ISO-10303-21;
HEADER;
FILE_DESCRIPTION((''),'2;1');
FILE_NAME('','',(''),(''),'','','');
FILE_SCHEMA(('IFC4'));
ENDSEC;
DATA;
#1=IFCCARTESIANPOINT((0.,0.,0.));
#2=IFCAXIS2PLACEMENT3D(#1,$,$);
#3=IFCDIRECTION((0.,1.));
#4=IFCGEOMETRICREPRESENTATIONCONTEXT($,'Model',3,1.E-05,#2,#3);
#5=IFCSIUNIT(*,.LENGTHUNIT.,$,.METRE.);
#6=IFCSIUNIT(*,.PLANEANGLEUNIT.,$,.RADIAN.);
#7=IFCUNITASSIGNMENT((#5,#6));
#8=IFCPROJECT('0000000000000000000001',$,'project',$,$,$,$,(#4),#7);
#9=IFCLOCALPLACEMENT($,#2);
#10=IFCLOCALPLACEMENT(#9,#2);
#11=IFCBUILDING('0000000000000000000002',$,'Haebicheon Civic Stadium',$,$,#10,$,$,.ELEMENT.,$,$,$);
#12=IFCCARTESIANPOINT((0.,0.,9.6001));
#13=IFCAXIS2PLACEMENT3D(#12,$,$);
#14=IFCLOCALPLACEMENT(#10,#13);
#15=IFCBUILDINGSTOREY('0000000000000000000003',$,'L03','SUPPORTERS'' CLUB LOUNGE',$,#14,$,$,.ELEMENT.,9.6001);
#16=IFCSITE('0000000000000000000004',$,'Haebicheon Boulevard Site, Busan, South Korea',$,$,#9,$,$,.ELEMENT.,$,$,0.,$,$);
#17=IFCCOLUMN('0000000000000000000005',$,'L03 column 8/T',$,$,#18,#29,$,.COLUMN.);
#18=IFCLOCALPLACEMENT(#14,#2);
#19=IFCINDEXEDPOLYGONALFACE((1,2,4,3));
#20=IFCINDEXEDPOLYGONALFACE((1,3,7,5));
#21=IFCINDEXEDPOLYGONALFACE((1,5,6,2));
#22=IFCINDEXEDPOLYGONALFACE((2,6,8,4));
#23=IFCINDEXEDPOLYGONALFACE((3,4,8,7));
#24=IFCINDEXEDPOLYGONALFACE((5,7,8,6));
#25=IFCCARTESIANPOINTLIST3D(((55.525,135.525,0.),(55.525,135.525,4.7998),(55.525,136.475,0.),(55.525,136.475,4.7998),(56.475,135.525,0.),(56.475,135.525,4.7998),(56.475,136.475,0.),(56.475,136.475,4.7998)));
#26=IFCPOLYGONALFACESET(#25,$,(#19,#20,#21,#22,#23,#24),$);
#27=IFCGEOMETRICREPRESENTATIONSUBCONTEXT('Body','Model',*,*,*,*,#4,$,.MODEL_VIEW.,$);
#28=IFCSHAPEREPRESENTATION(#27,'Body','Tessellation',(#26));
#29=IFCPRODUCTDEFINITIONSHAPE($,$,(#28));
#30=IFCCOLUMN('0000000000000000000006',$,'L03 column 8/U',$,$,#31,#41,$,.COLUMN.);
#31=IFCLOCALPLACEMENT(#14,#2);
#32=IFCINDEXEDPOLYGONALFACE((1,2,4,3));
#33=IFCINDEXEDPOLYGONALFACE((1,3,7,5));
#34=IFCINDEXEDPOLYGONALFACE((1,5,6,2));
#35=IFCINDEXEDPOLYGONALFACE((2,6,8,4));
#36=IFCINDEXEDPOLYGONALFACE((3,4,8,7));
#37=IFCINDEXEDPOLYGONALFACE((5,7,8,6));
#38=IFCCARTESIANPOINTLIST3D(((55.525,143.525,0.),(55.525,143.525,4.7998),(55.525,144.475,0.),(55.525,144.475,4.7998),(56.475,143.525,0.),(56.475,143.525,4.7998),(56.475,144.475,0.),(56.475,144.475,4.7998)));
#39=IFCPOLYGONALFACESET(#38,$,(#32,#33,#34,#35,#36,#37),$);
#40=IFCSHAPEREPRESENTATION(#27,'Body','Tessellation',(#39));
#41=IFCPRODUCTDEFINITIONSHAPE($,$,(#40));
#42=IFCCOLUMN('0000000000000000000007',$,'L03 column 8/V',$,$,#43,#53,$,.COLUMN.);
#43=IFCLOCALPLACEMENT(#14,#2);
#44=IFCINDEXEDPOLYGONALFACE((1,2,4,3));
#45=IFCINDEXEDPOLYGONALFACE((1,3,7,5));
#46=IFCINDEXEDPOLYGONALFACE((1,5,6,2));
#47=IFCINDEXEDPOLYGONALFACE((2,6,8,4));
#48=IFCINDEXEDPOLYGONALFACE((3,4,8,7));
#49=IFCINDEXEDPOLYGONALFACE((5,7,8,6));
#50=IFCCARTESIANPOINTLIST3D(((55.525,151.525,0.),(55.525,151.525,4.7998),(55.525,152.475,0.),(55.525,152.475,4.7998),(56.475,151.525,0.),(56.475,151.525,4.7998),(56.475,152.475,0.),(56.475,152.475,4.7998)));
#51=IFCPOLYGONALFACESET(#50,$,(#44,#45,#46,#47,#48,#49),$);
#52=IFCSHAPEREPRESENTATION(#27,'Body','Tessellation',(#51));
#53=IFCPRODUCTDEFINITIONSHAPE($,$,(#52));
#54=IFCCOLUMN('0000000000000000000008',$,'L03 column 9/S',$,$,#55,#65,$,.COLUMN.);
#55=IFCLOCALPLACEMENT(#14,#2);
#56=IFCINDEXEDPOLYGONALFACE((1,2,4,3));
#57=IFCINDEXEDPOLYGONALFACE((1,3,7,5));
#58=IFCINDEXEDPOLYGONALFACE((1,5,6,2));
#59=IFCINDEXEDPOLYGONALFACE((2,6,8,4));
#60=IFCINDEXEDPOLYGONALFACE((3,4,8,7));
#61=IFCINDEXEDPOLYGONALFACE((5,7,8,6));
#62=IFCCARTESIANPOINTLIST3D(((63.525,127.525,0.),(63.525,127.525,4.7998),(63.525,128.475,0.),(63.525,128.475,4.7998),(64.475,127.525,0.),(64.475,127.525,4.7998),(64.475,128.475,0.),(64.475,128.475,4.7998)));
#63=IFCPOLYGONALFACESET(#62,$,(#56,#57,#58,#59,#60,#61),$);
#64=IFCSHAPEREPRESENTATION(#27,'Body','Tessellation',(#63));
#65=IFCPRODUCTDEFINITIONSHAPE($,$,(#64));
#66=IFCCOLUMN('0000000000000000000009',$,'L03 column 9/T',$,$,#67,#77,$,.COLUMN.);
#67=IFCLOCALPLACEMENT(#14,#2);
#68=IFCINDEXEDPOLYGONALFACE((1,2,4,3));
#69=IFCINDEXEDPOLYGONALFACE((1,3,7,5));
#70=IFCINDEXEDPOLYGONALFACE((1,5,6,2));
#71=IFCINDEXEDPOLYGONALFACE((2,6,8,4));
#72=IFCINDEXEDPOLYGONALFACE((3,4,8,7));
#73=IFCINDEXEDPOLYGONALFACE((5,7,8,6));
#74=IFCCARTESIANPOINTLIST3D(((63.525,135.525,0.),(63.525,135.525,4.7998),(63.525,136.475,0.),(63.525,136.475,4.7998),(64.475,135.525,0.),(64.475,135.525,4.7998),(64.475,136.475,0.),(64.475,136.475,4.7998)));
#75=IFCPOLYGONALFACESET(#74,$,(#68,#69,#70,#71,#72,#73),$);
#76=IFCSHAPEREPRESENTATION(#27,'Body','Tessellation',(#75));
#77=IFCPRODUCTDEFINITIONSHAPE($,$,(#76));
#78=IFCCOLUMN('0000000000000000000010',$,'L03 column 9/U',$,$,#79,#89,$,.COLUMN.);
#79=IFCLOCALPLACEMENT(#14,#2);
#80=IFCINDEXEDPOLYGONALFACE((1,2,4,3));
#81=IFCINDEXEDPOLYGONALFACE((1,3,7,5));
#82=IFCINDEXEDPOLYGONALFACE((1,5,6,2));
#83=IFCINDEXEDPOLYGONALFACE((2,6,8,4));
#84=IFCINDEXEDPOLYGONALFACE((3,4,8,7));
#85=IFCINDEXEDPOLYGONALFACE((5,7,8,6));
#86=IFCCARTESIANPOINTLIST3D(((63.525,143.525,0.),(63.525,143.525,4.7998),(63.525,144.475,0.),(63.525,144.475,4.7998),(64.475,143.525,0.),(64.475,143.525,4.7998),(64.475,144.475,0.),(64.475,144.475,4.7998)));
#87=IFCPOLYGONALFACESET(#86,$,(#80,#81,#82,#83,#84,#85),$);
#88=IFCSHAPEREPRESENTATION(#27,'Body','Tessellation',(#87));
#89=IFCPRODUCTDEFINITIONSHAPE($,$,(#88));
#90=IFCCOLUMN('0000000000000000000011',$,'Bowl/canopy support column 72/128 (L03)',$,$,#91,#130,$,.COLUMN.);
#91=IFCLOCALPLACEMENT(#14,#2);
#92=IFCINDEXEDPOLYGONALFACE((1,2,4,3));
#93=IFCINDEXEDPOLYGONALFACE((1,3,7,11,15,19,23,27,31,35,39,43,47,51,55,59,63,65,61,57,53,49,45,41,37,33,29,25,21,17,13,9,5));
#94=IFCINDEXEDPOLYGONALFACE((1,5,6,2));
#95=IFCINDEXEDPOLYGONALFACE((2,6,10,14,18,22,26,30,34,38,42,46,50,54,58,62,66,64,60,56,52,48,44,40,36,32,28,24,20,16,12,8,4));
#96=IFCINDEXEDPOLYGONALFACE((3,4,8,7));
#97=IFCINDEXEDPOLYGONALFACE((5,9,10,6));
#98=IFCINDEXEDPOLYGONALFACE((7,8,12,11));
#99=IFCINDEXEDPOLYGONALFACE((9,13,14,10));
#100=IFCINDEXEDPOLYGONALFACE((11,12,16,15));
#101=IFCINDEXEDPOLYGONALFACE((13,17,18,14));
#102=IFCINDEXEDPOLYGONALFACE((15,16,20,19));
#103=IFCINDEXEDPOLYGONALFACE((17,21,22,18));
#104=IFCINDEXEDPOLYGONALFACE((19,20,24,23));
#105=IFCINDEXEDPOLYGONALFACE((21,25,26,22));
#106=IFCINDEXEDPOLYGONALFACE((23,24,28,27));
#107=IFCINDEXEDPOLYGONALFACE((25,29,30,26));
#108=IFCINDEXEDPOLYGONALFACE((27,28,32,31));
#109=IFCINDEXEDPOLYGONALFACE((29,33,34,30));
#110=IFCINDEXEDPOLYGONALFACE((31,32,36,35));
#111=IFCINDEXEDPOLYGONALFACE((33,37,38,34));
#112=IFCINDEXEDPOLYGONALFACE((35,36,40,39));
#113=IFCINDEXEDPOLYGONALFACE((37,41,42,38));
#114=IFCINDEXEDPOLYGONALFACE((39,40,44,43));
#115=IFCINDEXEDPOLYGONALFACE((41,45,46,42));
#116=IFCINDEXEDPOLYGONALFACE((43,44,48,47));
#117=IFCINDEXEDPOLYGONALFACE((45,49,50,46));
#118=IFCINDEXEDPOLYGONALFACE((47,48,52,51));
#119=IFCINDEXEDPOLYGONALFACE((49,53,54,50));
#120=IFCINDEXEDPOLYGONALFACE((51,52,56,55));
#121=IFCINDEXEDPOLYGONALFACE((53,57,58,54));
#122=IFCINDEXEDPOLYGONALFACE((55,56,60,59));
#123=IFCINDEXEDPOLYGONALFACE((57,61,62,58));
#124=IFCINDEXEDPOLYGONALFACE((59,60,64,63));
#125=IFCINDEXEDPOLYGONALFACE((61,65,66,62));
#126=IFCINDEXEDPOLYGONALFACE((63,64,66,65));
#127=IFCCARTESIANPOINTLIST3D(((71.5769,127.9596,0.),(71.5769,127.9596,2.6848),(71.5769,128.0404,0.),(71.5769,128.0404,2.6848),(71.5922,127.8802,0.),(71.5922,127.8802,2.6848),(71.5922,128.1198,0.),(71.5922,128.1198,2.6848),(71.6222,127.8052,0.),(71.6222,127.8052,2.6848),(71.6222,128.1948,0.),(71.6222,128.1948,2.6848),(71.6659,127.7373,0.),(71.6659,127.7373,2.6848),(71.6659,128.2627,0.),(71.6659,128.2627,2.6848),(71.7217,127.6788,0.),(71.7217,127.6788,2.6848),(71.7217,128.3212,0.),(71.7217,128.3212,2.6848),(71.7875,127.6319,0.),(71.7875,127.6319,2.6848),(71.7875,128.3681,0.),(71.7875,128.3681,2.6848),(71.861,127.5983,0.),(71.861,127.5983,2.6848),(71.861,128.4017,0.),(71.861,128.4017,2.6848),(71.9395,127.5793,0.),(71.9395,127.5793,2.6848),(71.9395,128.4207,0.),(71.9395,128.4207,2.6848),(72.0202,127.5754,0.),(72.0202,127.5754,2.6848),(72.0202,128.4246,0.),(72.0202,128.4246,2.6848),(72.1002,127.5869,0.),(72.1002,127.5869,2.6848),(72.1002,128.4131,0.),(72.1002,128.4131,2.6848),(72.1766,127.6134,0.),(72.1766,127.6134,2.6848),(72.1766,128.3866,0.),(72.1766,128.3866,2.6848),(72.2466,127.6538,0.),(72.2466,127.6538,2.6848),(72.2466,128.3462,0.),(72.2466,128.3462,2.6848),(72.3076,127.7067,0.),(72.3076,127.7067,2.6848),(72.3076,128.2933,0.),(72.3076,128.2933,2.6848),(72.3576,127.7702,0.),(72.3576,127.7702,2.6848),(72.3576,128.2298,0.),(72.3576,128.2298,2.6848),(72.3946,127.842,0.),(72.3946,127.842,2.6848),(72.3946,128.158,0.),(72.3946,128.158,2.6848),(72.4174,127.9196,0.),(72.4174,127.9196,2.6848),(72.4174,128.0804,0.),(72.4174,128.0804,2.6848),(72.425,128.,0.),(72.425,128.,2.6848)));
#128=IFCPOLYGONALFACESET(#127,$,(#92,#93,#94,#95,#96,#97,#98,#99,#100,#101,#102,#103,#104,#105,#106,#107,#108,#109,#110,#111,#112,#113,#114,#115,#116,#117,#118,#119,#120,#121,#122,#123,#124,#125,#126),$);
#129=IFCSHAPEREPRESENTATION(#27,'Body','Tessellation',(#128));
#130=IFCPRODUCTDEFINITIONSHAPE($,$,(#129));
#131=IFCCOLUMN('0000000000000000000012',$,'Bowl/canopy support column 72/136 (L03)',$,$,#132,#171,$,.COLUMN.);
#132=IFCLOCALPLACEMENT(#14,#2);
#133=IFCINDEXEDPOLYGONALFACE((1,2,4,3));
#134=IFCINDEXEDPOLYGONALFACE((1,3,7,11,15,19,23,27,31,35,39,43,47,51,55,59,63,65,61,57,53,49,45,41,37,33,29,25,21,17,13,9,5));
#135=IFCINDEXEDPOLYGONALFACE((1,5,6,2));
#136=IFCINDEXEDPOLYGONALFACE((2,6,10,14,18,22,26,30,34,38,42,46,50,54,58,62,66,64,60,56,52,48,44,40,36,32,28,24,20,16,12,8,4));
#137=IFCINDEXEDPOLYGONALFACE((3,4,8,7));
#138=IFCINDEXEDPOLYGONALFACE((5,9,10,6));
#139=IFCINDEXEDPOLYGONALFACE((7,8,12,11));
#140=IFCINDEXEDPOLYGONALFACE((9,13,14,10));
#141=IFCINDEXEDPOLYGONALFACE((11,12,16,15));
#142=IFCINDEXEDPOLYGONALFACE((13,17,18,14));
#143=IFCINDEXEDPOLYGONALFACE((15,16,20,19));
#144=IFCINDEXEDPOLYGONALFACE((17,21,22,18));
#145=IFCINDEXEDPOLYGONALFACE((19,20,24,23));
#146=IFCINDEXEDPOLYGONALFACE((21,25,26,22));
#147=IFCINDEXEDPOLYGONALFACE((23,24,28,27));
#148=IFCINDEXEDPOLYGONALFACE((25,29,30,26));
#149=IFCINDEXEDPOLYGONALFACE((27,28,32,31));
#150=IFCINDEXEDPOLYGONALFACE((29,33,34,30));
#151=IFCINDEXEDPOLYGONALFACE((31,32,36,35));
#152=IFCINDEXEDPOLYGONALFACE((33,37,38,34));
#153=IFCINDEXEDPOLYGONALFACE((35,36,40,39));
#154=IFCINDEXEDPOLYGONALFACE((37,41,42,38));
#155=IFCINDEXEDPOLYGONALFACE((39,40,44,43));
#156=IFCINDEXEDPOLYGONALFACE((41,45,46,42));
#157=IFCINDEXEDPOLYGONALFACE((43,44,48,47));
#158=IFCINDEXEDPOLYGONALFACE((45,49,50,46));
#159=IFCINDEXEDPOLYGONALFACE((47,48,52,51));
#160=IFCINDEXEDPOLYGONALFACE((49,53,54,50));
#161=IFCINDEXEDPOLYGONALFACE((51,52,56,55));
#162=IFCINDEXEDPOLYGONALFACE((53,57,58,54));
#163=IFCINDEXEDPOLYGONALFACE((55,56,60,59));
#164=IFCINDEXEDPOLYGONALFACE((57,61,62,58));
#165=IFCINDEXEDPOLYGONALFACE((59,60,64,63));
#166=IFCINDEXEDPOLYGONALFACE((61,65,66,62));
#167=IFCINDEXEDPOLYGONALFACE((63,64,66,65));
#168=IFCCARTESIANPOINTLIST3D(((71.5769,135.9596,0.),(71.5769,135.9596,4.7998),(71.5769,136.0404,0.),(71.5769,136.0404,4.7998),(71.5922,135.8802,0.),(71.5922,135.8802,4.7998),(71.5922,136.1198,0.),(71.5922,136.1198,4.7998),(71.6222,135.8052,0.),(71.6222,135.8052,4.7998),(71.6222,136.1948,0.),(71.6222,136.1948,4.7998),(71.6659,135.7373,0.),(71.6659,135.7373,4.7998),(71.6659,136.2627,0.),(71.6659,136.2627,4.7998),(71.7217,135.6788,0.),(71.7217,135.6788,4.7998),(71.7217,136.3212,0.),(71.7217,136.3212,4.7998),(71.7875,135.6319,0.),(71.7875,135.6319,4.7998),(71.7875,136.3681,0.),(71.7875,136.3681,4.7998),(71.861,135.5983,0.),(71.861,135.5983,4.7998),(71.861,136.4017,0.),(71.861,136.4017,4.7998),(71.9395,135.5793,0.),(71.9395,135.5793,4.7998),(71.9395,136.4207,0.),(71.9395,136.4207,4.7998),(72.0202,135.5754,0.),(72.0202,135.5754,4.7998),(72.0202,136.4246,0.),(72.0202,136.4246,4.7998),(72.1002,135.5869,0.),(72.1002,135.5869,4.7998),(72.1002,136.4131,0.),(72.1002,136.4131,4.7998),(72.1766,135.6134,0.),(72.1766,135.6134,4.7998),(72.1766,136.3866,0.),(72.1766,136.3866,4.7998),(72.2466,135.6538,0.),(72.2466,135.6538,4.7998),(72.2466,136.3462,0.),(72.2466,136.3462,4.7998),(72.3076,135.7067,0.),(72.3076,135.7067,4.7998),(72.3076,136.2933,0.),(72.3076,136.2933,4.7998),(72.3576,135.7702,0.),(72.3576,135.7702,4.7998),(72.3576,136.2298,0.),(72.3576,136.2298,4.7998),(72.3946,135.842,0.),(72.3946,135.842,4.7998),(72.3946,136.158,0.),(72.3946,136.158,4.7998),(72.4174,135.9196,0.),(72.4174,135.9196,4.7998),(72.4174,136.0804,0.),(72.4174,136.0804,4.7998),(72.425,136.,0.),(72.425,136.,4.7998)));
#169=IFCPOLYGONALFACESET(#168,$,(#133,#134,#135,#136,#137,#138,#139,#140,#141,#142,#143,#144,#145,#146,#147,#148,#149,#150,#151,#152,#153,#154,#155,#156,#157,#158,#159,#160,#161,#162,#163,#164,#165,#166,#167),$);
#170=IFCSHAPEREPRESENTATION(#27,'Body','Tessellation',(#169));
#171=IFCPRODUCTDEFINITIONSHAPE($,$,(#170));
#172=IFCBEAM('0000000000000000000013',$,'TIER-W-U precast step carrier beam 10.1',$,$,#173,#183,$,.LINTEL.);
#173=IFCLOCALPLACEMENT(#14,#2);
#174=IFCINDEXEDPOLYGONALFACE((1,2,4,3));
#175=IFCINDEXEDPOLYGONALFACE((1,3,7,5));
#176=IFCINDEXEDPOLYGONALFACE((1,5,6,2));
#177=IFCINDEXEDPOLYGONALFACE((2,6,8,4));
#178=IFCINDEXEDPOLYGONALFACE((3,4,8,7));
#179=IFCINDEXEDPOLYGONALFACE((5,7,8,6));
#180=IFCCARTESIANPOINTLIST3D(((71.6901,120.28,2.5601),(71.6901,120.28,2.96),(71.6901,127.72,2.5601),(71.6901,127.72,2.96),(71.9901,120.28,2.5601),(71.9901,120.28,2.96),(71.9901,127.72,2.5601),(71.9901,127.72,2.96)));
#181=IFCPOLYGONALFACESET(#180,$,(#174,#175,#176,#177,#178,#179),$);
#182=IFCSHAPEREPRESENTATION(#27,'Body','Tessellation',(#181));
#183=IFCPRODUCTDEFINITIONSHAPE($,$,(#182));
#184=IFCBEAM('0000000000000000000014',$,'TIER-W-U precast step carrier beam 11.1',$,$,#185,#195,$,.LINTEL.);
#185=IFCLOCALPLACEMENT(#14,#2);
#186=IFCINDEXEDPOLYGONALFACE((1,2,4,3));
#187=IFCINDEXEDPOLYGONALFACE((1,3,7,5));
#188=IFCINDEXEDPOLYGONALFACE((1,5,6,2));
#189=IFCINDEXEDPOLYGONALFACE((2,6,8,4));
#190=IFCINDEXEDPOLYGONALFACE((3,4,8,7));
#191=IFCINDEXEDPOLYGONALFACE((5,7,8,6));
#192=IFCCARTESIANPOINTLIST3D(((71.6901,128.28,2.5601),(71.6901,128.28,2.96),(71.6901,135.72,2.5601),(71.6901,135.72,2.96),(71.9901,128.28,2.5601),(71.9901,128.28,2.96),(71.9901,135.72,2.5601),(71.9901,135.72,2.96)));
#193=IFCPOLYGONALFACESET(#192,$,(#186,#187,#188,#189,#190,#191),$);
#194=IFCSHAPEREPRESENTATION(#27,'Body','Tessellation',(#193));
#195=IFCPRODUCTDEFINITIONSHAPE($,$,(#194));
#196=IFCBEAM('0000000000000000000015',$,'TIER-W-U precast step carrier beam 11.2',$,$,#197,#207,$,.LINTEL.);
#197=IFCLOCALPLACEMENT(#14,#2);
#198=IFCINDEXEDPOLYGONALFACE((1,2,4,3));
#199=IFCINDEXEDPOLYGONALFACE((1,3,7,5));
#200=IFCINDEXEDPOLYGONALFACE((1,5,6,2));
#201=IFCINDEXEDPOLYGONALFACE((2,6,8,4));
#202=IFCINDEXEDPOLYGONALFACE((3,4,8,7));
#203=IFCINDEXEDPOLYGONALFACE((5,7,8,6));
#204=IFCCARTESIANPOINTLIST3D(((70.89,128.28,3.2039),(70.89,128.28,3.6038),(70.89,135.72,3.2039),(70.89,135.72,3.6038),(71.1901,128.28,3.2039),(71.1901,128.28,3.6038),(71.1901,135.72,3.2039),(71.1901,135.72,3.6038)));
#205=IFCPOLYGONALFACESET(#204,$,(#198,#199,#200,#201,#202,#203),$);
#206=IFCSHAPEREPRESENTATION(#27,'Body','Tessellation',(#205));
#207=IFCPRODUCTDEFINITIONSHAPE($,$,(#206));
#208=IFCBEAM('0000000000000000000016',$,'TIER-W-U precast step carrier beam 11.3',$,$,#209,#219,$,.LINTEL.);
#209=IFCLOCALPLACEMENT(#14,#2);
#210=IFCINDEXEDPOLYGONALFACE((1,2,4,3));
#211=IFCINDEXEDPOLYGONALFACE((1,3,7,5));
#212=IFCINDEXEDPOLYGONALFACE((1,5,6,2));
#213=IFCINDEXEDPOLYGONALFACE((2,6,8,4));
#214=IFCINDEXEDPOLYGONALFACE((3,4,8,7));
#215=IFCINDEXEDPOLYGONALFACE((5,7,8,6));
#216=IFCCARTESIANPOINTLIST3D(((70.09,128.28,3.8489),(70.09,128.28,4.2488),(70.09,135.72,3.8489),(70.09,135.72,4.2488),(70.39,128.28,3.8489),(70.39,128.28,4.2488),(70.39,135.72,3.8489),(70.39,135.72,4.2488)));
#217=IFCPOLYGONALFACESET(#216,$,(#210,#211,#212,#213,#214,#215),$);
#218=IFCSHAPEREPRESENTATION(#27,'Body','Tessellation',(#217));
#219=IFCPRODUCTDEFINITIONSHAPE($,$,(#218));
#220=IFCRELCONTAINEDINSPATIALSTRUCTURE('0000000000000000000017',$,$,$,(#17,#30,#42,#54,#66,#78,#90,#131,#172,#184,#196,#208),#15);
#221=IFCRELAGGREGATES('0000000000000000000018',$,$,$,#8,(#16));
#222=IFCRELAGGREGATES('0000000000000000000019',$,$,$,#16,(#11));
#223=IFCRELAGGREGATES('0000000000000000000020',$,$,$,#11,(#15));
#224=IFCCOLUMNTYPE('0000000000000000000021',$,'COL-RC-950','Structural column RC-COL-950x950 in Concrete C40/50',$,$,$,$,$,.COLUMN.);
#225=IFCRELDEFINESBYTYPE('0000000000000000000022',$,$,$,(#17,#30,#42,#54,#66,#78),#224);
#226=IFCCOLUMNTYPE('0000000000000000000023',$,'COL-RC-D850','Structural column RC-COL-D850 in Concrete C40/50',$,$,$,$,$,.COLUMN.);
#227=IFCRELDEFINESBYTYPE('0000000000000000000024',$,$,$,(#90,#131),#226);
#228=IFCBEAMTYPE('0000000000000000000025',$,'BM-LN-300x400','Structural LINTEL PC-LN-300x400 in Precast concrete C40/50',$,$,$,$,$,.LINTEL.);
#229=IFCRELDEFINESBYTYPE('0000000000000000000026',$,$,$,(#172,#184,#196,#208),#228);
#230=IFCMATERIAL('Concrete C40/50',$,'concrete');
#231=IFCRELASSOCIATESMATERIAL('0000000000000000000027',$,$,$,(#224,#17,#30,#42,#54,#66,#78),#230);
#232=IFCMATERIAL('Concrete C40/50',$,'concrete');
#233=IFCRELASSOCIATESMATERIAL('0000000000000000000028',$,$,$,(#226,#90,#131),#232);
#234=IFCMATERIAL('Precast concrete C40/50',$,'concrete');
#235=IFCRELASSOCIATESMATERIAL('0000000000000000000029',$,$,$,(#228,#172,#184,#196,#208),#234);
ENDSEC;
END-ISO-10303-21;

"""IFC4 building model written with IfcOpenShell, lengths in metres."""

from ifc_helpers import new_model, si_unit, direction, frame, origin, origin_2d, place, context, subcontext, project, spatial, rectangle, circle, extrude, material, material_profile, profile_set, type_object, element, save


model = new_model("IFC4")

# Units and contexts
model_context = context("Model", 3, precision=1e-05, world=origin(), true_north=direction((0.0, 1.0)))
body_context = subcontext(model_context, "Body", "Model", "MODEL_VIEW")
ifc_project = project(units=[si_unit("LENGTHUNIT", "METRE"), si_unit("PLANEANGLEUNIT", "RADIAN")], contexts=[model_context])

# Site, building, storey
site_placement = place(None, origin())
site = spatial("IfcSite", under=ifc_project, at=site_placement, Name="Haebicheon Boulevard Site, Busan, South Korea", CompositionType="ELEMENT", RefElevation=0.0)
building_placement = place(site_placement, origin())
building = spatial("IfcBuilding", under=site, at=building_placement, Name="Haebicheon Civic Stadium", CompositionType="ELEMENT")
storey_placement = place(building_placement, frame((0.0, 0.0, 9.6001)))
storey = spatial("IfcBuildingStorey", under=building, at=storey_placement, Name="L03", Description="SUPPORTERS' CLUB LOUNGE", CompositionType="ELEMENT", Elevation=9.6001)

# Columns
ifc_material_1 = material(Name="Concrete C40/50", Category="concrete")
ifc_material_profile_1 = material_profile(ifc_material_1, rectangle(XDim=0.95, YDim=0.95, at=origin_2d()), Name="RC-COL-950x950")
ifc_profile_set_1 = profile_set([ifc_material_profile_1], Name="Concrete C40/50")
column_type_1 = type_object("IfcColumnType", Name="COL-RC-950", Description="Structural column RC-COL-950x950 in Concrete C40/50", PredefinedType="COLUMN", material=ifc_profile_set_1)
for number, where, z_axis, x_axis, name in (
    (1, (56.0, 136.0, 0.0), (0.0, 0.0, 1.0), (1.0, 0.0, 0.0), "L03 column 8/T"),
    (2, (56.0, 144.0, 0.0), (0.0, 0.0, 1.0), (1.0, 0.0, 0.0), "L03 column 8/U"),
    (3, (56.0, 152.0, 0.0), (0.0, 0.0, 1.0), (1.0, 0.0, 0.0), "L03 column 8/V"),
    (4, (64.0, 128.0, 0.0), (0.0, 0.0, 1.0), (1.0, 0.0, 0.0), "L03 column 9/S"),
    (5, (64.0, 136.0, 0.0), (0.0, 0.0, 1.0), (1.0, 0.0, 0.0), "L03 column 9/T"),
    (6, (64.0, 144.0, 0.0), (0.0, 0.0, 1.0), (1.0, 0.0, 0.0), "L03 column 9/U"),
):
    element("IfcColumn", number, at=place(storey_placement, frame(where, z_axis=z_axis, x_axis=x_axis)), inside=storey, type_object=column_type_1, material=ifc_profile_set_1, Name=name, PredefinedType="COLUMN", context=body_context, shape_type="SweptSolid", body=[
        extrude(rectangle(XDim=0.95, YDim=0.95, at=origin_2d()), origin(), (0.0, 0.0, 1.0), 4.7998),
    ])
ifc_material_2 = material(Name="Concrete C40/50", Category="concrete")
ifc_material_profile_2 = material_profile(ifc_material_2, circle(Radius=0.425, at=origin_2d()), Name="RC-COL-D850")
ifc_profile_set_2 = profile_set([ifc_material_profile_2], Name="Concrete C40/50")
column_type_2 = type_object("IfcColumnType", Name="COL-RC-D850", Description="Structural column RC-COL-D850 in Concrete C40/50", PredefinedType="COLUMN", material=ifc_profile_set_2)
column_1_placement = place(storey_placement, frame((72.0, 128.0, 0.0), z_axis=(0.0, 0.0, 1.0), x_axis=(1.0, 0.0, 0.0)))
element("IfcColumn", 7, at=column_1_placement, inside=storey, type_object=column_type_2, material=ifc_profile_set_2, Name="Bowl/canopy support column 72/128 (L03)", PredefinedType="COLUMN", context=body_context, shape_type="SweptSolid", body=[
    extrude(circle(Radius=0.425, at=origin_2d()), origin(), (0.0, 0.0, 1.0), 2.6848),
])
column_2_placement = place(storey_placement, frame((72.0, 136.0, 0.0), z_axis=(0.0, 0.0, 1.0), x_axis=(1.0, 0.0, 0.0)))
element("IfcColumn", 8, at=column_2_placement, inside=storey, type_object=column_type_2, material=ifc_profile_set_2, Name="Bowl/canopy support column 72/136 (L03)", PredefinedType="COLUMN", context=body_context, shape_type="SweptSolid", body=[
    extrude(circle(Radius=0.425, at=origin_2d()), origin(), (0.0, 0.0, 1.0), 4.7998),
])

# Beams
ifc_material_3 = material(Name="Precast concrete C40/50", Category="concrete")
ifc_material_profile_3 = material_profile(ifc_material_3, rectangle(XDim=0.3, YDim=0.3999, at=origin_2d()), Name="PC-LN-300x400")
ifc_profile_set_3 = profile_set([ifc_material_profile_3], Name="Precast concrete C40/50")
beam_type_1 = type_object("IfcBeamType", Name="BM-LN-300x400", Description="Structural LINTEL PC-LN-300x400 in Precast concrete C40/50", PredefinedType="LINTEL", material=ifc_profile_set_3)
for number, where, z_axis, x_axis, name in (
    (9, (71.8401, 120.28, 2.76), (0.0, 1.0, 0.0), (-1.0, 0.0, 0.0), "TIER-W-U precast step carrier beam 10.1"),
    (10, (71.8401, 128.28, 2.76), (0.0, 1.0, 0.0), (-1.0, 0.0, 0.0), "TIER-W-U precast step carrier beam 11.1"),
    (11, (71.04, 128.28, 3.4038), (0.0, 1.0, 0.0), (-1.0, 0.0, 0.0), "TIER-W-U precast step carrier beam 11.2"),
    (12, (70.24, 128.28, 4.0488), (0.0, 1.0, 0.0), (-1.0, 0.0, 0.0), "TIER-W-U precast step carrier beam 11.3"),
):
    element("IfcBeam", number, at=place(storey_placement, frame(where, z_axis=z_axis, x_axis=x_axis)), inside=storey, type_object=beam_type_1, material=ifc_profile_set_3, Name=name, PredefinedType="LINTEL", context=body_context, shape_type="SweptSolid", body=[
        extrude(rectangle(XDim=0.3, YDim=0.3999, at=origin_2d()), origin(), (0.0, 0.0, 1.0), 7.4399),
    ])

save(model, "model.ifc")
